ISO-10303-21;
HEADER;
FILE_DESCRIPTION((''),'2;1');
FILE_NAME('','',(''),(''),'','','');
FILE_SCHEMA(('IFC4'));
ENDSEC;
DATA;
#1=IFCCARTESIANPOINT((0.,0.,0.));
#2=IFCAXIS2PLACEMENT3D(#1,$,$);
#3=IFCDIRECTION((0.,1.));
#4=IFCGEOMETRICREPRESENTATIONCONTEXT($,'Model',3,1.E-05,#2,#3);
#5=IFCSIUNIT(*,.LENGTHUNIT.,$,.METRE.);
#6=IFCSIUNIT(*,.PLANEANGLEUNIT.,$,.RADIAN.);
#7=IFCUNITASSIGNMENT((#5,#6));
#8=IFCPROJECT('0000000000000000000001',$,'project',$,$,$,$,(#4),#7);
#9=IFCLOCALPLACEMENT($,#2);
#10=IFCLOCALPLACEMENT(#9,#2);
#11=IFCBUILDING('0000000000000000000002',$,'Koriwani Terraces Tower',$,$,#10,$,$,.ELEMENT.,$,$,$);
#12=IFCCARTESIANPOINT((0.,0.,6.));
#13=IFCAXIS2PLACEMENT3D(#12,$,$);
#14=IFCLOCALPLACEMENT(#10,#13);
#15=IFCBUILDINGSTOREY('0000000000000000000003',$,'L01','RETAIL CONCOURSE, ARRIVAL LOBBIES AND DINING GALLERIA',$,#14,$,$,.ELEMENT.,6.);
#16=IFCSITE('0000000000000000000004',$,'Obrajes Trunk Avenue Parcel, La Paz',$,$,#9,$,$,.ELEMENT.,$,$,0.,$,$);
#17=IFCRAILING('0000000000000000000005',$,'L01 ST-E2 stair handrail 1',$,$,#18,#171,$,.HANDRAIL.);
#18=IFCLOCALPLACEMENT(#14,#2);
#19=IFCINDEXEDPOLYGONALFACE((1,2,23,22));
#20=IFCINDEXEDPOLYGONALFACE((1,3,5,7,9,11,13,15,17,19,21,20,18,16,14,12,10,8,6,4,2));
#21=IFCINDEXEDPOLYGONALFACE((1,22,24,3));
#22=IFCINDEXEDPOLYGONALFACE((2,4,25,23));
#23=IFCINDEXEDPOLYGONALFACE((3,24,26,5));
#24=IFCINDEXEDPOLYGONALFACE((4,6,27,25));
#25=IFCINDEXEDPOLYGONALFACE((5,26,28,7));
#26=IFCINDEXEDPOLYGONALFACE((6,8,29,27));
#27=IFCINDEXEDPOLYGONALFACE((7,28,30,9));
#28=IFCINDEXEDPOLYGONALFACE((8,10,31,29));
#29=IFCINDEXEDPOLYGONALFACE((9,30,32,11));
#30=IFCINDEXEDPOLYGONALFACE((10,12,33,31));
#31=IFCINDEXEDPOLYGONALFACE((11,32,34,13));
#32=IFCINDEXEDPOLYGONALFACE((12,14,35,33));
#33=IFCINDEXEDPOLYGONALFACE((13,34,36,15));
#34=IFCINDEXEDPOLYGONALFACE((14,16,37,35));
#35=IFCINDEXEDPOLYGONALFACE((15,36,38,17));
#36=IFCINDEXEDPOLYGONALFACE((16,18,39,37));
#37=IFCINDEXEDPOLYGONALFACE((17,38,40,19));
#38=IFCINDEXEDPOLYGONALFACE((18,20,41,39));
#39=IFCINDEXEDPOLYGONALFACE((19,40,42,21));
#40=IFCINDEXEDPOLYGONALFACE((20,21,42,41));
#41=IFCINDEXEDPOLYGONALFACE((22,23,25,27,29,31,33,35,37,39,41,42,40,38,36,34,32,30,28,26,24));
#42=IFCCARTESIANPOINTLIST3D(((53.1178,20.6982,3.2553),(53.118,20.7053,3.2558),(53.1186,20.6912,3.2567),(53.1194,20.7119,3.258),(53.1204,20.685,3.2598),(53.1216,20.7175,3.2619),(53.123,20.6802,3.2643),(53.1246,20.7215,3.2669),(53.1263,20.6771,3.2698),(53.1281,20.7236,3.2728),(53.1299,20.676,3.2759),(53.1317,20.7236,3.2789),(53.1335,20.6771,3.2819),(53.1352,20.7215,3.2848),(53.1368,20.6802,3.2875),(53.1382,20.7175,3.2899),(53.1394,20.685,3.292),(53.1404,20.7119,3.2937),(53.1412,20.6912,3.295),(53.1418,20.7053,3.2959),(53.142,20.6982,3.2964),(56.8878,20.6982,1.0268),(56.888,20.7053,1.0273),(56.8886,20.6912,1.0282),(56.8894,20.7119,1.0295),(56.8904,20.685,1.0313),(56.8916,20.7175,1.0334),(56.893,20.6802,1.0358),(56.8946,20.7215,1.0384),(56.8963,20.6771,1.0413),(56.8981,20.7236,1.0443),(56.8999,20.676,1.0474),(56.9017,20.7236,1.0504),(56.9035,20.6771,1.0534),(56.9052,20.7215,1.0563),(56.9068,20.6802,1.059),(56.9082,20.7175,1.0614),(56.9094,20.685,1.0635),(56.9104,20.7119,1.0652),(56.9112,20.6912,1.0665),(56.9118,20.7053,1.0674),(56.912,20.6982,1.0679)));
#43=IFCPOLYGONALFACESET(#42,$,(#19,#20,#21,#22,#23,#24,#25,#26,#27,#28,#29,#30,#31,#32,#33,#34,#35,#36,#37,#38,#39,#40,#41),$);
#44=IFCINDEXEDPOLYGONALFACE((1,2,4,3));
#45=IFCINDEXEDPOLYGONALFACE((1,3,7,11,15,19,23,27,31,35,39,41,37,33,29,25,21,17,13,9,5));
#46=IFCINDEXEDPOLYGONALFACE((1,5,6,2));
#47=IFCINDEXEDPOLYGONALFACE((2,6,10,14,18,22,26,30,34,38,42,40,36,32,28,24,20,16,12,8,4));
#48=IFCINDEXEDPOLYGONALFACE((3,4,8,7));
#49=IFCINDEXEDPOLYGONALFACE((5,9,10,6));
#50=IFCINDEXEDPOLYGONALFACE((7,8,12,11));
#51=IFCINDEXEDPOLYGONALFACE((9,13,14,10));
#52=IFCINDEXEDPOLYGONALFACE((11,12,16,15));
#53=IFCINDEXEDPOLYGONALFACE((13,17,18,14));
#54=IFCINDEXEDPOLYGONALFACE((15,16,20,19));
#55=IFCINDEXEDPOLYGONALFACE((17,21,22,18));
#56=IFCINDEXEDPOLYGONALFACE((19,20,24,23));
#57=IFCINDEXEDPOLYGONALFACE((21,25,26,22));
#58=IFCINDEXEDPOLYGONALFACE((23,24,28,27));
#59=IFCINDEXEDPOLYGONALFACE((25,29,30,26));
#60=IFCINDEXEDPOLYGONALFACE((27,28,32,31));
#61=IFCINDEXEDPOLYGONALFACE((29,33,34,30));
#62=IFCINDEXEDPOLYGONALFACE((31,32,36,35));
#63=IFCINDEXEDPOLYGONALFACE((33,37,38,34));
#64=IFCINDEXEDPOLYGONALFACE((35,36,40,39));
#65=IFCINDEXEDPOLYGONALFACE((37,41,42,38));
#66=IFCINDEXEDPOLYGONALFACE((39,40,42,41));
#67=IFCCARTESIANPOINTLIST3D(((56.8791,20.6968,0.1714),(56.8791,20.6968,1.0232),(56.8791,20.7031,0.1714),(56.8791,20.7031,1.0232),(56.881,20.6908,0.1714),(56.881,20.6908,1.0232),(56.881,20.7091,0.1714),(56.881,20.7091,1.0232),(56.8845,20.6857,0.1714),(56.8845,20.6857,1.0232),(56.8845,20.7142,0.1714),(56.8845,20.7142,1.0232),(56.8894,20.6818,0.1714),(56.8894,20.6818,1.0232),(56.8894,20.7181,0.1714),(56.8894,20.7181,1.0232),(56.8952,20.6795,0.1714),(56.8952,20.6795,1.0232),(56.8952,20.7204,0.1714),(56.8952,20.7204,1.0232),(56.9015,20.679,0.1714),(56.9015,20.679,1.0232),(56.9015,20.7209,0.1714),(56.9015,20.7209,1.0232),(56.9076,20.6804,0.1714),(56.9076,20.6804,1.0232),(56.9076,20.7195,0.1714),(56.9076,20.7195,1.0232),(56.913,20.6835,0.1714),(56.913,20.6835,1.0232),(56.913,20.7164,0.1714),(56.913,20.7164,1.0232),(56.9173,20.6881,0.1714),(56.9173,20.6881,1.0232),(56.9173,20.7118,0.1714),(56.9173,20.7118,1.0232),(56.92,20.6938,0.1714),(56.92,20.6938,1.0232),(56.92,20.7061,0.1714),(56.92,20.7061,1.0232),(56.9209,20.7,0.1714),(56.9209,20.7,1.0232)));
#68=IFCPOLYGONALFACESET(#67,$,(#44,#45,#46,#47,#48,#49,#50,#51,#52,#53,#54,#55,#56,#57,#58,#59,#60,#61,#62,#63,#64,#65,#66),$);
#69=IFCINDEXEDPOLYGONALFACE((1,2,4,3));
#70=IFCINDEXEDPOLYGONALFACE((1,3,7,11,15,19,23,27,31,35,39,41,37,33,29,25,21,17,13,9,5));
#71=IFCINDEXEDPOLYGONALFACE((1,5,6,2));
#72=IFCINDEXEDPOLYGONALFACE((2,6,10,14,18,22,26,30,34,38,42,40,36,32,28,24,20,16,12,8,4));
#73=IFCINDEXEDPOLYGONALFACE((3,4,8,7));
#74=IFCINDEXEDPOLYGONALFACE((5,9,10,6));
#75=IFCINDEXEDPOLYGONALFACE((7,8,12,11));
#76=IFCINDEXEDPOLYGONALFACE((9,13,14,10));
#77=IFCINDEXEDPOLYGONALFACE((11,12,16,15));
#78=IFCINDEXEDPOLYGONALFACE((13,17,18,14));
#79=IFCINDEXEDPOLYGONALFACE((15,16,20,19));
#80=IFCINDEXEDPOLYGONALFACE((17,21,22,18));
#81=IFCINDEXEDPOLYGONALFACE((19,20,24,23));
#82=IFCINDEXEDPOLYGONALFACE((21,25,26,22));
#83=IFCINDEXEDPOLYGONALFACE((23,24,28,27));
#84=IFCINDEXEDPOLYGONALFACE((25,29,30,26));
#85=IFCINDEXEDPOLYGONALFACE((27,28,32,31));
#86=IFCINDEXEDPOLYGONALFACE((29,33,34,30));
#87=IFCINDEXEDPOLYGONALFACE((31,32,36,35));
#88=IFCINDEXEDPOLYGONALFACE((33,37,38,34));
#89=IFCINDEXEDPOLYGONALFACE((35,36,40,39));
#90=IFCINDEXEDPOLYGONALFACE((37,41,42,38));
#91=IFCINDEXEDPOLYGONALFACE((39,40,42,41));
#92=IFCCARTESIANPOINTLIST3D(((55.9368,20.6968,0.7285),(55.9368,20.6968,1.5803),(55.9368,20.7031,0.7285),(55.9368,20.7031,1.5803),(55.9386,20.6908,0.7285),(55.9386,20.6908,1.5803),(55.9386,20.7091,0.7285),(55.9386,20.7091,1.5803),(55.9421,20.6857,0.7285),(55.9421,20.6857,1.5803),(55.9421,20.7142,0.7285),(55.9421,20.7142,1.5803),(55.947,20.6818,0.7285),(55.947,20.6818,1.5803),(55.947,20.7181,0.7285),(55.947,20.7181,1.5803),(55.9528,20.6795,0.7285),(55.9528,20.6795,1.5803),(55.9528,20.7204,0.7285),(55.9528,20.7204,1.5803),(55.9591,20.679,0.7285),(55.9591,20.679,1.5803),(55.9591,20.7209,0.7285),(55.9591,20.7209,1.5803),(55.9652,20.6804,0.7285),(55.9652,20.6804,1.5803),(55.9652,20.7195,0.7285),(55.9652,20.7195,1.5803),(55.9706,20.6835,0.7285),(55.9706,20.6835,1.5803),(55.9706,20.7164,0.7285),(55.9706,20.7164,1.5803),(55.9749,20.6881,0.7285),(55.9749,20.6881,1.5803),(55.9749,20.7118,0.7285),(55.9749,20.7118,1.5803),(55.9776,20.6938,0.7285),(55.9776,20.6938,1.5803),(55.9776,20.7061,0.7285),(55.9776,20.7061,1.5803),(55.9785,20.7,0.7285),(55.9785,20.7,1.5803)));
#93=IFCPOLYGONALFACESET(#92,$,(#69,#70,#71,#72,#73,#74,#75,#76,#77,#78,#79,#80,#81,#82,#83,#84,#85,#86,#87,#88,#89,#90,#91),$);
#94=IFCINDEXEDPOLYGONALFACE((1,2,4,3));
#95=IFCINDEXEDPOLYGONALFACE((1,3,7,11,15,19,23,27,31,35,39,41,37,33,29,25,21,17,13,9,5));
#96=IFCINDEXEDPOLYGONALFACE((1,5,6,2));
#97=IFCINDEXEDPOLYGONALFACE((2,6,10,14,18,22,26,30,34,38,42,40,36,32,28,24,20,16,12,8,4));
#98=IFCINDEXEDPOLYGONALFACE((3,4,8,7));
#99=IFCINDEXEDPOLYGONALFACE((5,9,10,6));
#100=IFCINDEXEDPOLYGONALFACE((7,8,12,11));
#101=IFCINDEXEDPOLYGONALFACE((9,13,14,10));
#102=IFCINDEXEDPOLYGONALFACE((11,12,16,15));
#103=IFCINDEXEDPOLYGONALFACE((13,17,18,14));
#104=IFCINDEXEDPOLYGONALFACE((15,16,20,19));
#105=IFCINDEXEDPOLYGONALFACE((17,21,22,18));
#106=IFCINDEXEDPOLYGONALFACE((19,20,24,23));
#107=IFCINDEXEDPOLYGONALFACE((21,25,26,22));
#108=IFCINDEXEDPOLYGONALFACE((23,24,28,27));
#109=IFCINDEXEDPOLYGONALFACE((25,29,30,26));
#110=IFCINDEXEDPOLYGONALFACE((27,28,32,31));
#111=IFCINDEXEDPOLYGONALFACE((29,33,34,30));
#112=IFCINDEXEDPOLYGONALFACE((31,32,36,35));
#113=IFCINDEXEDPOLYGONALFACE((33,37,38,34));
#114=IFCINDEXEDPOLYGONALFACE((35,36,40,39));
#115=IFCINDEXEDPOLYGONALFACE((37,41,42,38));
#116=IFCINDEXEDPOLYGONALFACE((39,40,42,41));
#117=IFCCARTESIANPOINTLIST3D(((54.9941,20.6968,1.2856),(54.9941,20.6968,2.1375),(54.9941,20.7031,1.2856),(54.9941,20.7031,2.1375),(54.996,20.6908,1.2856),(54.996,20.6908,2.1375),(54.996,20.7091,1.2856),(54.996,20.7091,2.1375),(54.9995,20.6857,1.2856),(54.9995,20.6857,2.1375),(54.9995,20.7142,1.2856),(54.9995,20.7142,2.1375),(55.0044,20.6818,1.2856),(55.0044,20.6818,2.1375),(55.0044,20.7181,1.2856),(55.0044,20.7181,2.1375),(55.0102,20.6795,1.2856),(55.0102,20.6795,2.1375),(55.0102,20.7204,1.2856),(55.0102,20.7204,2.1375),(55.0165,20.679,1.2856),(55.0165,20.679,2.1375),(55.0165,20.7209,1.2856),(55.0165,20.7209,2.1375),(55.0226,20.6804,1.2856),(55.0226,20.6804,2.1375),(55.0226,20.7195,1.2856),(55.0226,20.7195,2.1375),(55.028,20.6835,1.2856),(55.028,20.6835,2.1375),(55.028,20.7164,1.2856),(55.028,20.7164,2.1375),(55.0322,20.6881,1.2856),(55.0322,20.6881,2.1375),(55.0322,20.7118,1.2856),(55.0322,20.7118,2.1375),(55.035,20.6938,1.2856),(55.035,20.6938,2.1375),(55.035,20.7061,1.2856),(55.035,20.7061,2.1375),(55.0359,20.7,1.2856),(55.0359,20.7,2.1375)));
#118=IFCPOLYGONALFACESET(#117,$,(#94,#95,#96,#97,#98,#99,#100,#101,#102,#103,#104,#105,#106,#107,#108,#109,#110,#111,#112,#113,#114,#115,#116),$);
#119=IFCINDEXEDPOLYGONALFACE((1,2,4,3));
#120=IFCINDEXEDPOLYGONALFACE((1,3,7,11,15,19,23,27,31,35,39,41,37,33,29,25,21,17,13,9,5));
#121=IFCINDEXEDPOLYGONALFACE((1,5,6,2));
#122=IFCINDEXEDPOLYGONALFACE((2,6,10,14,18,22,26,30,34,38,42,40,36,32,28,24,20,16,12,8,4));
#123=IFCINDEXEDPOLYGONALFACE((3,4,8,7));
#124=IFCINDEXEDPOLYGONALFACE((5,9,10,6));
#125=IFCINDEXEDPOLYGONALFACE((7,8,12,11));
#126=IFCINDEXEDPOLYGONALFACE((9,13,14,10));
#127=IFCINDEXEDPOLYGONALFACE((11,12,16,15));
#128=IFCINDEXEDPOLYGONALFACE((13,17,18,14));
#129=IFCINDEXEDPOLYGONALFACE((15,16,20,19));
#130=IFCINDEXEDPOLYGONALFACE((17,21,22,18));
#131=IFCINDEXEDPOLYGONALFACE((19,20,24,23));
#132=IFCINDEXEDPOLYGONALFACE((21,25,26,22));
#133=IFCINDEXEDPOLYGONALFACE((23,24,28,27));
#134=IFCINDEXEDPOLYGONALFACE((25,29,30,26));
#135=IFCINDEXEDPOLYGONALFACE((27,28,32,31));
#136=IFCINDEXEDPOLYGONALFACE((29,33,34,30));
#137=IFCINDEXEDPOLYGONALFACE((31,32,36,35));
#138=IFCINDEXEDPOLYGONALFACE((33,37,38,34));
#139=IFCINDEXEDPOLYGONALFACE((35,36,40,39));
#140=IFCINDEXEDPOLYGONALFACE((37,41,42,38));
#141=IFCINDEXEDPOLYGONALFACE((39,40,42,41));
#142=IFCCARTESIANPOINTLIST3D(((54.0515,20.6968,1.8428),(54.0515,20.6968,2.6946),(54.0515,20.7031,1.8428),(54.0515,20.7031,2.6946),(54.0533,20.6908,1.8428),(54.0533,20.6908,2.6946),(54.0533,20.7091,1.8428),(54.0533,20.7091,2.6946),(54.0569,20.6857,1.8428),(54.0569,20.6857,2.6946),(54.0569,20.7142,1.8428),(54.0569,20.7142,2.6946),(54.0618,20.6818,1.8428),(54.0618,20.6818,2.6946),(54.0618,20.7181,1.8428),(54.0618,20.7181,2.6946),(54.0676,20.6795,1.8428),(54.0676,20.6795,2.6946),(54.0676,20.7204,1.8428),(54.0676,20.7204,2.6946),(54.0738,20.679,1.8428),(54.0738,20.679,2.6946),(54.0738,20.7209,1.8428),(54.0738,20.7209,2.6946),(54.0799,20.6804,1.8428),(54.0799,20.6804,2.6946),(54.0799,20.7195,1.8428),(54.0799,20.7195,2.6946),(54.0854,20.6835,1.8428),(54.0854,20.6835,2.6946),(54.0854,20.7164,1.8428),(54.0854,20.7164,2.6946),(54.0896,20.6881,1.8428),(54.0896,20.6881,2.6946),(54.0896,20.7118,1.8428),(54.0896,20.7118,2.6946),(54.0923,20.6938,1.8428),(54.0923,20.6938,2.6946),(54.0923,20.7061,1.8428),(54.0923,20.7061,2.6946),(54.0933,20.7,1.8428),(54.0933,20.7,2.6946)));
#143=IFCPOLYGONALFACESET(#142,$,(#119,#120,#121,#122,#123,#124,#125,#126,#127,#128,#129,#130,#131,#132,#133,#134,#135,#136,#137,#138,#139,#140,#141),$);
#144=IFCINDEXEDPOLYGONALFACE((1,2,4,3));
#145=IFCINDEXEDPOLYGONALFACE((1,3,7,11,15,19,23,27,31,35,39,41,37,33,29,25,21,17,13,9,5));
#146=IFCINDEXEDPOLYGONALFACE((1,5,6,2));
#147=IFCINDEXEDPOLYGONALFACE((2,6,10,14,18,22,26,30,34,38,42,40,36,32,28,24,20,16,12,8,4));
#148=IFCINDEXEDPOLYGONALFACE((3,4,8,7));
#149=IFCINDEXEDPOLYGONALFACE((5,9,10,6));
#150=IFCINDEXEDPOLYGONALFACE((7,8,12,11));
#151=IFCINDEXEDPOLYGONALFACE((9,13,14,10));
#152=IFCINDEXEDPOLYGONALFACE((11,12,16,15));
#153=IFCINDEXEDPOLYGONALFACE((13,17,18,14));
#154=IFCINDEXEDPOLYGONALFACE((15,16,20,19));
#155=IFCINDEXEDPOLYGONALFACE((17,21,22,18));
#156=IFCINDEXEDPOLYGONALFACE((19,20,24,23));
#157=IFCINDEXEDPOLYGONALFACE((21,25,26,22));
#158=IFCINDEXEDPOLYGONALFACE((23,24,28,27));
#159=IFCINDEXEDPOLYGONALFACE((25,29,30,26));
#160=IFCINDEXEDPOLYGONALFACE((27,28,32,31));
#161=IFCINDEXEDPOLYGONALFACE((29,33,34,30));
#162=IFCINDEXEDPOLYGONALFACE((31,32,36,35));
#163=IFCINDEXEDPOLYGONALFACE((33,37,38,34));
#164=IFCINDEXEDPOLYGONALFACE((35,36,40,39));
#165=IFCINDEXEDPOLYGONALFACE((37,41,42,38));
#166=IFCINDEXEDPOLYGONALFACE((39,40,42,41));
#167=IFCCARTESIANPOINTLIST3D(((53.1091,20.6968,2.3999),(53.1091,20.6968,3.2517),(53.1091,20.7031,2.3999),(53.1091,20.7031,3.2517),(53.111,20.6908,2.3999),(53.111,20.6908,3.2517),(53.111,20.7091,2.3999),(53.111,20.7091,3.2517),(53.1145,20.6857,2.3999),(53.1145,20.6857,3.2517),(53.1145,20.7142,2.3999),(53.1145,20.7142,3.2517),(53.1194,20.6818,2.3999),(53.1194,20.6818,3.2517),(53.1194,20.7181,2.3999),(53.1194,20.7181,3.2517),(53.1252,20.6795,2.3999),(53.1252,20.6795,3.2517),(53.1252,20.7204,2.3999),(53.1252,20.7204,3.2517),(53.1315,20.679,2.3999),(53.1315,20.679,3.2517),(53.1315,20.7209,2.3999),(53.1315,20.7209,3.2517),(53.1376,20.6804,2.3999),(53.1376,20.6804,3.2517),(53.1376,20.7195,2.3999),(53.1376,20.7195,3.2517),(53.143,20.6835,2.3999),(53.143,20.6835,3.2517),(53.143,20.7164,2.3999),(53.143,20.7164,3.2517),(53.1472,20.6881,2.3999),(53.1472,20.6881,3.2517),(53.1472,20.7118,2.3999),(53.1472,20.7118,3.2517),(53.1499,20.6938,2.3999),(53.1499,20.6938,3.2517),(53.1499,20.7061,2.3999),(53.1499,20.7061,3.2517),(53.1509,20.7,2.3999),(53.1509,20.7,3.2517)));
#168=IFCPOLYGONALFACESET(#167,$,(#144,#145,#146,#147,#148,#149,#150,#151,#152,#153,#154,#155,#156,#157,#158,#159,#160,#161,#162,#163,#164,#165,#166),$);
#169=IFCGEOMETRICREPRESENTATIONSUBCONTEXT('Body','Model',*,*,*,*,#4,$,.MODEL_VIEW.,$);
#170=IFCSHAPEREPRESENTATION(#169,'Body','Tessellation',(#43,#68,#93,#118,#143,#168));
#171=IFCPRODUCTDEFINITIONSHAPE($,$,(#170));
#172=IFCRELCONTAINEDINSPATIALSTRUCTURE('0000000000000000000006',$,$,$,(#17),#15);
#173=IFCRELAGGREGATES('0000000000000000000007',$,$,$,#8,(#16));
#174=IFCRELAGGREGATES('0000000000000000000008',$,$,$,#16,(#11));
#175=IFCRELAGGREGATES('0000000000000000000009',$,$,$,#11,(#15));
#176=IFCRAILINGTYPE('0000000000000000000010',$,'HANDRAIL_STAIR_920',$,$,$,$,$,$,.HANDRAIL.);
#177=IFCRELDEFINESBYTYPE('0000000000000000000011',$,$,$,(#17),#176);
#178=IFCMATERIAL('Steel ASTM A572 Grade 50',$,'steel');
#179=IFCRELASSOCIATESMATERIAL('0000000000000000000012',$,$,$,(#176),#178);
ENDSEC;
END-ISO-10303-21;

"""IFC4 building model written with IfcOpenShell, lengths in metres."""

from ifc_helpers import new_model, si_unit, direction, frame, origin, origin_2d, place, context, subcontext, project, spatial, circle, extrude, material, type_object, element, save


model = new_model("IFC4")

# Units and contexts
model_context = context("Model", 3, precision=1e-05, world=origin(), true_north=direction((0.0, 1.0)))
body_context = subcontext(model_context, "Body", "Model", "MODEL_VIEW")
ifc_project = project(units=[si_unit("LENGTHUNIT", "METRE"), si_unit("PLANEANGLEUNIT", "RADIAN")], contexts=[model_context])

# Site, building, storey
site_placement = place(None, origin())
site = spatial("IfcSite", under=ifc_project, at=site_placement, Name="Obrajes Trunk Avenue Parcel, La Paz", CompositionType="ELEMENT", RefElevation=0.0)
building_placement = place(site_placement, origin())
building = spatial("IfcBuilding", under=site, at=building_placement, Name="Koriwani Terraces Tower", CompositionType="ELEMENT")
storey_placement = place(building_placement, frame((0.0, 0.0, 6.0)))
storey = spatial("IfcBuildingStorey", under=building, at=storey_placement, Name="L01", Description="RETAIL CONCOURSE, ARRIVAL LOBBIES AND DINING GALLERIA", CompositionType="ELEMENT", Elevation=6.0)

# Shared definitions
ifc_material_1 = material(Name="Steel ASTM A572 Grade 50", Category="steel")

# Railing
railing_type = type_object("IfcRailingType", Name="HANDRAIL_STAIR_920", PredefinedType="HANDRAIL", material=ifc_material_1)
railing_placement = place(storey_placement, frame((56.8999, 20.7, 0.1714)))
element("IfcRailing", 1, at=railing_placement, inside=storey, type_object=railing_type, Name="L01 ST-E2 stair handrail 1", PredefinedType="HANDRAIL", context=body_context, shape_type="SweptSolid", body=[
    extrude(circle(Radius=0.0239, at=origin_2d()), frame((0.0, 0.0, 0.876), z_axis=(-0.860849, 0.0, 0.508861), x_axis=(0.0, -1.0, 0.0)), (0.0, 0.0, 1.0), 4.3794),
    extrude(circle(Radius=0.021, at=origin_2d()), origin(), (0.0, 0.0, 1.0), 0.8518),
    extrude(circle(Radius=0.021, at=origin_2d()), frame((-0.9424, 0.0, 0.5571)), (0.0, 0.0, 1.0), 0.8518),
    extrude(circle(Radius=0.021, at=origin_2d()), frame((-1.885, 0.0, 1.1143)), (0.0, 0.0, 1.0), 0.8518),
    extrude(circle(Radius=0.021, at=origin_2d()), frame((-2.8276, 0.0, 1.6714)), (0.0, 0.0, 1.0), 0.8518),
    extrude(circle(Radius=0.021, at=origin_2d()), frame((-3.77, 0.0, 2.2285)), (0.0, 0.0, 1.0), 0.8518),
])

save(model, "model.ifc")
